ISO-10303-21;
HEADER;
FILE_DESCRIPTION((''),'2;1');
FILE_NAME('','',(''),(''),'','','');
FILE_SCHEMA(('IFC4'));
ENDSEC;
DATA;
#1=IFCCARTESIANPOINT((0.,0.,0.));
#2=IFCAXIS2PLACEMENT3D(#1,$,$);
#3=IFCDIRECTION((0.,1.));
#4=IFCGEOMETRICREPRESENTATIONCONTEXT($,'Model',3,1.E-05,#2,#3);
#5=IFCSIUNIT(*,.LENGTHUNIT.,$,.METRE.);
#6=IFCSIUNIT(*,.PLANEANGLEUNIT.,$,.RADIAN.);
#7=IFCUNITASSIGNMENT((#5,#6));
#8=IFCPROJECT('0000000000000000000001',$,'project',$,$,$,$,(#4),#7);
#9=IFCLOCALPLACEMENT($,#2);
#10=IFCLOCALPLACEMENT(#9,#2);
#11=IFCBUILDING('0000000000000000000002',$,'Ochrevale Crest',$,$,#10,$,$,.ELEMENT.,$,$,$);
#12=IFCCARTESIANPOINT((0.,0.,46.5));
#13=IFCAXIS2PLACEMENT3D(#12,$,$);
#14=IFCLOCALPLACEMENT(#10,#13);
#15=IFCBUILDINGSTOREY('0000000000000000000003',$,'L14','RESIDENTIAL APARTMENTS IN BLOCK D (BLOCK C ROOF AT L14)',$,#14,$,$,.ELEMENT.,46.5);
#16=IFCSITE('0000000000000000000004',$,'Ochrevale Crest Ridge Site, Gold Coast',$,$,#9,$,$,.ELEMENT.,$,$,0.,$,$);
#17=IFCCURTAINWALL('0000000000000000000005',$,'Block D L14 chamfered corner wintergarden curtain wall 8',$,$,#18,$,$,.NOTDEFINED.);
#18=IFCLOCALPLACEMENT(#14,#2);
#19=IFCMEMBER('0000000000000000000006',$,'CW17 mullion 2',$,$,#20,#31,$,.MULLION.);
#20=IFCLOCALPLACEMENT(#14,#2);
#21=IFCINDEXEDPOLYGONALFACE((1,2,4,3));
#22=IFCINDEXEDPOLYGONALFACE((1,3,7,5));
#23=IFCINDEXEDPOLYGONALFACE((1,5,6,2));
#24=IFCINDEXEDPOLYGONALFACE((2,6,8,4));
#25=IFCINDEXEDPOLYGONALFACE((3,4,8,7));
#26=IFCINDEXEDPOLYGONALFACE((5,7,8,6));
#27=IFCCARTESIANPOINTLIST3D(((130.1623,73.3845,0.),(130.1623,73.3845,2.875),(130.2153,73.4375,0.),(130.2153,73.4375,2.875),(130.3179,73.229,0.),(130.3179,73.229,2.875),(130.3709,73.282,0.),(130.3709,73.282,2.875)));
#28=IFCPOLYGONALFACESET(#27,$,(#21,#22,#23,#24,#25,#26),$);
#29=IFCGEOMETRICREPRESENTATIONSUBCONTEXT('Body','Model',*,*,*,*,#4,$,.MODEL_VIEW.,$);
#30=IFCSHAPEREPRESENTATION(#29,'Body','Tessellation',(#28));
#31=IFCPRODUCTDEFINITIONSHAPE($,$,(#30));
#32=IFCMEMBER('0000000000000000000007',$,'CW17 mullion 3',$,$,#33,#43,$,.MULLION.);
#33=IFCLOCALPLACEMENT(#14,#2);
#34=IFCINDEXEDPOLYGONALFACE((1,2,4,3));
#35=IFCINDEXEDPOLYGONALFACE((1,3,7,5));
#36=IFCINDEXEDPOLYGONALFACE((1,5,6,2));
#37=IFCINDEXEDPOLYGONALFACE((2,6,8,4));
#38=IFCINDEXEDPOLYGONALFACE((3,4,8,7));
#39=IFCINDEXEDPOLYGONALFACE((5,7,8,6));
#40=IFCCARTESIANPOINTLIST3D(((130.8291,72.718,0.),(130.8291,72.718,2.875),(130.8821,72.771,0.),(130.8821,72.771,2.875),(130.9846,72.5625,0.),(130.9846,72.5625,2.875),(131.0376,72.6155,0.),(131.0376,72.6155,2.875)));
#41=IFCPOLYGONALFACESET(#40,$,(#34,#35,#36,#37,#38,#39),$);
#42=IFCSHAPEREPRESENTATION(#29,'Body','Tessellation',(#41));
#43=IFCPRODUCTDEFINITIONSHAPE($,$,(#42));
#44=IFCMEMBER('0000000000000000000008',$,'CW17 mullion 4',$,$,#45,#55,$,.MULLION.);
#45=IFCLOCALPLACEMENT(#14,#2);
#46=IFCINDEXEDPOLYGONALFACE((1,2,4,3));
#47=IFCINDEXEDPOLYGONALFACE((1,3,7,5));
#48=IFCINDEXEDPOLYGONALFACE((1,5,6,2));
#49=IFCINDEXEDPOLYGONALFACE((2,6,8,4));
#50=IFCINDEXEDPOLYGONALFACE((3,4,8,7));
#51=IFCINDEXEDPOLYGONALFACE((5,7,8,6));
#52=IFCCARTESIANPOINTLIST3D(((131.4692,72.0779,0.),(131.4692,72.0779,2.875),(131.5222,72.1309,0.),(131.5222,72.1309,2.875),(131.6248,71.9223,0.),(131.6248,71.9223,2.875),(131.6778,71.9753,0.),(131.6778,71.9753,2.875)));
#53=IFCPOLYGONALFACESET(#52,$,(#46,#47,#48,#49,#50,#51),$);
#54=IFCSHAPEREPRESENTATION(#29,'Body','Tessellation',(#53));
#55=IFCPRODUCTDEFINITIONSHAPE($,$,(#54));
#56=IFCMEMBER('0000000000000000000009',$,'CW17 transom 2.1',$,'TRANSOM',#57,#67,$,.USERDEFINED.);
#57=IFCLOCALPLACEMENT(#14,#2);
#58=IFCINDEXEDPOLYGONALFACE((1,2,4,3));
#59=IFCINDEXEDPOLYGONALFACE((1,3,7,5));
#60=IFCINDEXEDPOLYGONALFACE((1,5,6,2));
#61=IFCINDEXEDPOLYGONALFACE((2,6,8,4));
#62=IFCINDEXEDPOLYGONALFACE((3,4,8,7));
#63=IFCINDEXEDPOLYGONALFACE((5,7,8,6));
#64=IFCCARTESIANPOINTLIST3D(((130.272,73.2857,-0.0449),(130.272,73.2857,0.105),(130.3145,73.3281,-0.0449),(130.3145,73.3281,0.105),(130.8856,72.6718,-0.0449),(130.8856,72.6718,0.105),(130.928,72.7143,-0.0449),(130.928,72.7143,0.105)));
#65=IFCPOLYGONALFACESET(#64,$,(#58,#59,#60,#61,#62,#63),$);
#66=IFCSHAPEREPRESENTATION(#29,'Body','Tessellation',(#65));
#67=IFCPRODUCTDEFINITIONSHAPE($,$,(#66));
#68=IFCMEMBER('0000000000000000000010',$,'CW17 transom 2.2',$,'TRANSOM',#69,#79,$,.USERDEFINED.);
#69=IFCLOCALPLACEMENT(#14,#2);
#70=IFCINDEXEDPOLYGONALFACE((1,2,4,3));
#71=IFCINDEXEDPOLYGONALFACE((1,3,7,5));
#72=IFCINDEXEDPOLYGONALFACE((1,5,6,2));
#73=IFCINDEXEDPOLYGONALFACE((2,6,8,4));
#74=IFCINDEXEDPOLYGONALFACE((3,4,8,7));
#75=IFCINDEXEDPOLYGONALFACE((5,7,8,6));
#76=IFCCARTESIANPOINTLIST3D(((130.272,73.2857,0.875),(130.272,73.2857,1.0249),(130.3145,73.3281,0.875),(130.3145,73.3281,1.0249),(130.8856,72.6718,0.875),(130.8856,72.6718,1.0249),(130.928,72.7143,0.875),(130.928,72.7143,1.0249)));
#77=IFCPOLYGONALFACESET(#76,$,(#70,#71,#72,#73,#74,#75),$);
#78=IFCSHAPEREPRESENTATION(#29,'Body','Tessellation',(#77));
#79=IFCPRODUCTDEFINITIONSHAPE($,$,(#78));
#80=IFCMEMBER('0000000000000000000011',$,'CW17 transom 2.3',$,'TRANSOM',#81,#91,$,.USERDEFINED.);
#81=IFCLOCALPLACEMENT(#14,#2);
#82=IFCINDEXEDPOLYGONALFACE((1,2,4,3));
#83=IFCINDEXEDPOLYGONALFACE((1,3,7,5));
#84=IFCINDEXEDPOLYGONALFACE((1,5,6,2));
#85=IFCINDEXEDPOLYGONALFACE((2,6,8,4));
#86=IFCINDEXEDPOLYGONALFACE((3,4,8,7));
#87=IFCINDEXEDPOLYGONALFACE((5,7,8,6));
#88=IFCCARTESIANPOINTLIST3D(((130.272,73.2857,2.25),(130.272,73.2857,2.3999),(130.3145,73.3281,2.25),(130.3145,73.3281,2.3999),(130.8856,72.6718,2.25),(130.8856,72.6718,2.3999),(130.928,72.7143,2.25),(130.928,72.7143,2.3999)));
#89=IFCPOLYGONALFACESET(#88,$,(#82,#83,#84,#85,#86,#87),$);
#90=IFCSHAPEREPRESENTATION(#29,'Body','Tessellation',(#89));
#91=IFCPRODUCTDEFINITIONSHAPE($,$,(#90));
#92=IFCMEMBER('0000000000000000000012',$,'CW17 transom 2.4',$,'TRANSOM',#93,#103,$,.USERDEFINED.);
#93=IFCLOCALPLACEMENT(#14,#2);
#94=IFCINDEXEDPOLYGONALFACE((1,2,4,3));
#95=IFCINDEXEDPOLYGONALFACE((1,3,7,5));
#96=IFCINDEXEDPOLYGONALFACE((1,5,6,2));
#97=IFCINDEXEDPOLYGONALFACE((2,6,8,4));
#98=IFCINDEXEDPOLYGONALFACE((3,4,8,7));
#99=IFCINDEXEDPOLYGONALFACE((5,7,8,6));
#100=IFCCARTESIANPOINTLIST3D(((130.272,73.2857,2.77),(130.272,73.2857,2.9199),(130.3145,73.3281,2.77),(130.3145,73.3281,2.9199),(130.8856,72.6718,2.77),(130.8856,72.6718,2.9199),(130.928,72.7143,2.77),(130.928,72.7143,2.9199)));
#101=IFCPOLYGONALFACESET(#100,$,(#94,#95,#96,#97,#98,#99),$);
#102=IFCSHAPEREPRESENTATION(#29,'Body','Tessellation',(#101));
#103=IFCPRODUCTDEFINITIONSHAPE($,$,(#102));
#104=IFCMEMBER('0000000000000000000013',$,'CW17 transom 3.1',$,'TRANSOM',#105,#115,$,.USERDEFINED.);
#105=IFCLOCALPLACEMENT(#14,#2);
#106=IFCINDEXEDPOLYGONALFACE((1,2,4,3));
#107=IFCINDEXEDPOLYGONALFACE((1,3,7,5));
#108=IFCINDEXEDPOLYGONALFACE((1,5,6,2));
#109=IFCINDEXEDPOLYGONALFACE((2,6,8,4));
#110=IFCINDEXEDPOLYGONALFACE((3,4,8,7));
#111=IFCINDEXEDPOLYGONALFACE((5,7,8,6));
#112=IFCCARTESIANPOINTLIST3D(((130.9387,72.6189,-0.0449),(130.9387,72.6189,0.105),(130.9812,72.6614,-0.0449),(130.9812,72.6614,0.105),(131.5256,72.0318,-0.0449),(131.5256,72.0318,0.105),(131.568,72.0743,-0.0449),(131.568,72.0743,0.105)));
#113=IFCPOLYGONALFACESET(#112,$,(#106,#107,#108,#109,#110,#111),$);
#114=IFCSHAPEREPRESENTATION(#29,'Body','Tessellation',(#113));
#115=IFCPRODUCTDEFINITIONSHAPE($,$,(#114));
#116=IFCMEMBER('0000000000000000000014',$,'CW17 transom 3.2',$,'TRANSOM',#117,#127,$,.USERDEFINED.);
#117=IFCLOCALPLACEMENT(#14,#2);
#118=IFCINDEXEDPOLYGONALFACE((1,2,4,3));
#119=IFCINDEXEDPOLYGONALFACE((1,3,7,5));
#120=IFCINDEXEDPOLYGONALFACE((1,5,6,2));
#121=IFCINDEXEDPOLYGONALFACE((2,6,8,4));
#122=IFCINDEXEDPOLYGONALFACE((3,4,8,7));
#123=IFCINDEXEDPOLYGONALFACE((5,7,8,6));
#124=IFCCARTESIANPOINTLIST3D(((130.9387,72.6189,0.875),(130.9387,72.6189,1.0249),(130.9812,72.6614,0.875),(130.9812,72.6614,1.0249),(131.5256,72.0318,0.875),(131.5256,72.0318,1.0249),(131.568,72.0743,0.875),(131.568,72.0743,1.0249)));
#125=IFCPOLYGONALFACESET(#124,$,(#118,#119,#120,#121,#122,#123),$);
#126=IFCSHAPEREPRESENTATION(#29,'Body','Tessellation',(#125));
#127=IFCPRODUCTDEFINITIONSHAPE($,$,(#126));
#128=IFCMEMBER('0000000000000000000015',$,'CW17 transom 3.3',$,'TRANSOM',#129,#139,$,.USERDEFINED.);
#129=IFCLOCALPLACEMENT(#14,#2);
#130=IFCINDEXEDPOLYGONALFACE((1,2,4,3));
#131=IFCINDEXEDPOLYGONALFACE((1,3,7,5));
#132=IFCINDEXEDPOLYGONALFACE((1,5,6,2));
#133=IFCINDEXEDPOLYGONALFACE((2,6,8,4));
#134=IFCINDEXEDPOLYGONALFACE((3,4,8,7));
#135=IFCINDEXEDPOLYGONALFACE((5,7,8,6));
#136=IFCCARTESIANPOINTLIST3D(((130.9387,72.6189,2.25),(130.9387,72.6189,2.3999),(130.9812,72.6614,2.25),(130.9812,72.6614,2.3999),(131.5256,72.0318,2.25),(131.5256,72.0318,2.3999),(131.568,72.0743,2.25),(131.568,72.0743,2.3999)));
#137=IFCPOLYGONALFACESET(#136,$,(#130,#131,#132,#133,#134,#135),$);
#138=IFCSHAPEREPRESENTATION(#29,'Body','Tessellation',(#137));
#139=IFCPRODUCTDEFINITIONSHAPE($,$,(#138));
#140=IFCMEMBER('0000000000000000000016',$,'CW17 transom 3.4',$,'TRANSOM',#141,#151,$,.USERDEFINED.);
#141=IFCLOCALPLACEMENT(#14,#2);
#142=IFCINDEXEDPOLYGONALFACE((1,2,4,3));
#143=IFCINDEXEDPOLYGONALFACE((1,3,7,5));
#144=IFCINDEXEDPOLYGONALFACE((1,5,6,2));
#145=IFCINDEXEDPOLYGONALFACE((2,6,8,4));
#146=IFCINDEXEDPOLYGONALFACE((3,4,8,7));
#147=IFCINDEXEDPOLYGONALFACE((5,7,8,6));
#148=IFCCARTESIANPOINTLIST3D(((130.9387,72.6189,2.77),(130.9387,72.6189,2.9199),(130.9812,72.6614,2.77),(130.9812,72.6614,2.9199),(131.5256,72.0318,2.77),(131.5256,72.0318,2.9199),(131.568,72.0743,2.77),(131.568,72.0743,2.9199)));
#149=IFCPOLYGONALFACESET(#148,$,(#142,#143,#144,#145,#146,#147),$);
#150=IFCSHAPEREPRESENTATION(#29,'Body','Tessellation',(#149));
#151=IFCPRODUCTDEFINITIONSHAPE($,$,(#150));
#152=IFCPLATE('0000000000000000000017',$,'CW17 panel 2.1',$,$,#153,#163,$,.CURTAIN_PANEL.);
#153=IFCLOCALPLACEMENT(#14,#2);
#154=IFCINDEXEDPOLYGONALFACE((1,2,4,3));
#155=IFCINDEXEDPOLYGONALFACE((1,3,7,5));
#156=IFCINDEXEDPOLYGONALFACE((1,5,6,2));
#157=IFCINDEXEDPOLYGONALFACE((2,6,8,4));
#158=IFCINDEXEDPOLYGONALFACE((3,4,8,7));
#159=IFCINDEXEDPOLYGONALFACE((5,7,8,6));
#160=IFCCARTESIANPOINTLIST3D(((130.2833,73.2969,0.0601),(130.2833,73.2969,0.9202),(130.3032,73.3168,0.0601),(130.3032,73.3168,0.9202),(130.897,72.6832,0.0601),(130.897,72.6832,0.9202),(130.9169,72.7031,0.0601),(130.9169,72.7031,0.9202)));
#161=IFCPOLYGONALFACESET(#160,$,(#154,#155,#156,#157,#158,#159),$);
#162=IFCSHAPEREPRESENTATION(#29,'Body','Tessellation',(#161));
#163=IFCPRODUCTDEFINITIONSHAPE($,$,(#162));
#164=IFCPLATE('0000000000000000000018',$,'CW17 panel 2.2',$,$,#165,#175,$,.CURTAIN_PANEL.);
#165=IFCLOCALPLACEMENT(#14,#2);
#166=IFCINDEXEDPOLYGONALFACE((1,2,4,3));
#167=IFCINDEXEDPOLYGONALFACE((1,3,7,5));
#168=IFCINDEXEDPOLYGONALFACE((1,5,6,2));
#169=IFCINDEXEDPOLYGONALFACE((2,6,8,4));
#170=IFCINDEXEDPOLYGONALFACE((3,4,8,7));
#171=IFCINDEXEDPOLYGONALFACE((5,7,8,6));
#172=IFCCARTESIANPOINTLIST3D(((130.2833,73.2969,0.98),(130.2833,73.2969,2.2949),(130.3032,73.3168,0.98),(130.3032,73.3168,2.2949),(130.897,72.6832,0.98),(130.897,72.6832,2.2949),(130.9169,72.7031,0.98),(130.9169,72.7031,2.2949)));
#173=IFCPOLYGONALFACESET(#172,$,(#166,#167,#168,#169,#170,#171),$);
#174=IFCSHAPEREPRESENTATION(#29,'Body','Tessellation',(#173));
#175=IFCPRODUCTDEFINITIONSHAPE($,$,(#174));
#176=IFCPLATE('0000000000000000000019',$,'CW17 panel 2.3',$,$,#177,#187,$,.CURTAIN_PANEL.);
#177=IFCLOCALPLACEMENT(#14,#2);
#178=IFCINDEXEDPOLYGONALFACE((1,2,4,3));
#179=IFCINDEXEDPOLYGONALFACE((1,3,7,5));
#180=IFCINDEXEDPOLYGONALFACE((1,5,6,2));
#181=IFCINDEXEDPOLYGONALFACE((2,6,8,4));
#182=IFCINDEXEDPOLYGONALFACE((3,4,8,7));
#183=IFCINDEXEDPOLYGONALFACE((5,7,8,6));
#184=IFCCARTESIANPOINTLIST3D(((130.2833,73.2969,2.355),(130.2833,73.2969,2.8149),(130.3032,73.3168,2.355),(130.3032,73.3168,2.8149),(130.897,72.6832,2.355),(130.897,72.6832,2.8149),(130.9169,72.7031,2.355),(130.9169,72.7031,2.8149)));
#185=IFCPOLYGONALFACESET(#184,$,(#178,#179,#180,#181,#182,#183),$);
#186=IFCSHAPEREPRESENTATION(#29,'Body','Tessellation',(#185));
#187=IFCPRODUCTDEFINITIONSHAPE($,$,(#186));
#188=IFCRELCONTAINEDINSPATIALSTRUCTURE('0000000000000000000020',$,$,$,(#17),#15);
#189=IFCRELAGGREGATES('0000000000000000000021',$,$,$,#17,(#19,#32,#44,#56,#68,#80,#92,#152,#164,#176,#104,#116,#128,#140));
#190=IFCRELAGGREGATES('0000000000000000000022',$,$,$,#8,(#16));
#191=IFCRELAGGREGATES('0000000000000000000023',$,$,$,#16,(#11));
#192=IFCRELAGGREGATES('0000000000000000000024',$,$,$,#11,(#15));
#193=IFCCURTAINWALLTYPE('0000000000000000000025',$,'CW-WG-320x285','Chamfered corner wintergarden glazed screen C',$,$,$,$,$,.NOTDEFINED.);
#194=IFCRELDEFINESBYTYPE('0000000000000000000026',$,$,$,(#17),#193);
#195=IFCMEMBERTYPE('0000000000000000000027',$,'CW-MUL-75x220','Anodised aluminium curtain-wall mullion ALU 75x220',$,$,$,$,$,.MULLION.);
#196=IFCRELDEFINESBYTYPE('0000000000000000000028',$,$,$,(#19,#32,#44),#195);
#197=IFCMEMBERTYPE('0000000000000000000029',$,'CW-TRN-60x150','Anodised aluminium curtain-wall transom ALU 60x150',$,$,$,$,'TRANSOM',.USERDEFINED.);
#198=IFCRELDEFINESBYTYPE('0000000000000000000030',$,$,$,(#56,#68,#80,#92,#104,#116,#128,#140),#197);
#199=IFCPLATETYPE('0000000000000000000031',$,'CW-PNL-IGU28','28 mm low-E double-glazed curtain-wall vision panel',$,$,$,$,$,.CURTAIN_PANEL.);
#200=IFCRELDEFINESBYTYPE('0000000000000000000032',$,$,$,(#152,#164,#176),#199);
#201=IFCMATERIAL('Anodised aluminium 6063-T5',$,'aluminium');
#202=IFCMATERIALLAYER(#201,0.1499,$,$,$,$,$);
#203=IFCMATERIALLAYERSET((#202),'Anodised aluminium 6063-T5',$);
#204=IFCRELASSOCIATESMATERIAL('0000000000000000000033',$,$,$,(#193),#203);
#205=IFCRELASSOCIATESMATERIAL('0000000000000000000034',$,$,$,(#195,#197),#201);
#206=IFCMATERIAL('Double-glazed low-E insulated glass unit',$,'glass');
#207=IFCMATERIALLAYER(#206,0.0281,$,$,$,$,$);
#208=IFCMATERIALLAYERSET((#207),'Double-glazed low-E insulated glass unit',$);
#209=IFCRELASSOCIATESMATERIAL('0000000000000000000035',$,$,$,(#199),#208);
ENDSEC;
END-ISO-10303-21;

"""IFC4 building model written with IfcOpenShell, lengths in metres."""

from ifc_helpers import new_model, si_unit, direction, frame, origin, origin_2d, place, context, subcontext, project, spatial, rectangle, extrude, material, layer, layer_set, material_profile, profile_set, type_object, element, aggregate, save


model = new_model("IFC4")

# Units and contexts
model_context = context("Model", 3, precision=1e-05, world=origin(), true_north=direction((0.0, 1.0)))
body_context = subcontext(model_context, "Body", "Model", "MODEL_VIEW")
ifc_project = project(units=[si_unit("LENGTHUNIT", "METRE"), si_unit("PLANEANGLEUNIT", "RADIAN")], contexts=[model_context])

# Site, building, storey
site_placement = place(None, origin())
site = spatial("IfcSite", under=ifc_project, at=site_placement, Name="Ochrevale Crest Ridge Site, Gold Coast", CompositionType="ELEMENT", RefElevation=0.0)
building_placement = place(site_placement, origin())
building = spatial("IfcBuilding", under=site, at=building_placement, Name="Ochrevale Crest", CompositionType="ELEMENT")
storey_placement = place(building_placement, frame((0.0, 0.0, 46.5)))
storey = spatial("IfcBuildingStorey", under=building, at=storey_placement, Name="L14", Description="RESIDENTIAL APARTMENTS IN BLOCK D (BLOCK C ROOF AT L14)", CompositionType="ELEMENT", Elevation=46.5)

# Curtain wall, members, plates
ifc_material_1 = material(Name="Anodised aluminium 6063-T5", Category="aluminium")
ifc_layer_1 = layer(ifc_material_1, 0.1499)
ifc_layer_set_1 = layer_set([ifc_layer_1], Name="Anodised aluminium 6063-T5")
curtain_wall_type = type_object("IfcCurtainWallType", Name="CW-WG-320x285", Description="Chamfered corner wintergarden glazed screen C", PredefinedType="NOTDEFINED", material=ifc_layer_set_1)
curtain_wall_placement = place(storey_placement, origin())
curtain_wall = element("IfcCurtainWall", 1, at=curtain_wall_placement, inside=storey, type_object=curtain_wall_type, Name="Block D L14 chamfered corner wintergarden curtain wall 8", PredefinedType="NOTDEFINED")
ifc_material_profile_1 = material_profile(ifc_material_1, rectangle(XDim=0.075, YDim=0.22, at=origin_2d()), Name="ALU 75x220")
ifc_profile_set_1 = profile_set([ifc_material_profile_1], Name="Anodised aluminium 6063-T5")
member_type_1 = type_object("IfcMemberType", Name="CW-MUL-75x220", Description="Anodised aluminium curtain-wall mullion ALU 75x220", PredefinedType="MULLION", material=ifc_profile_set_1)
member_1_placement = place(storey_placement, frame((130.2666, 73.3333, 0.0), z_axis=(0.0, 0.0, 1.0), x_axis=(0.707107, 0.707107, 0.0)))
member_1 = element("IfcMember", 2, at=member_1_placement, type_object=member_type_1, Name="CW17 mullion 2", PredefinedType="MULLION", context=body_context, shape_type="SweptSolid", body=[
    extrude(rectangle(XDim=0.075, YDim=0.22, at=origin_2d()), origin(), (0.0, 0.0, 1.0), 2.875),
])
member_2_placement = place(storey_placement, frame((130.9333, 72.6667, 0.0), z_axis=(0.0, 0.0, 1.0), x_axis=(0.707107, 0.707107, 0.0)))
member_2 = element("IfcMember", 3, at=member_2_placement, type_object=member_type_1, Name="CW17 mullion 3", PredefinedType="MULLION", context=body_context, shape_type="SweptSolid", body=[
    extrude(rectangle(XDim=0.075, YDim=0.22, at=origin_2d()), origin(), (0.0, 0.0, 1.0), 2.875),
])
member_3_placement = place(storey_placement, frame((131.5735, 72.0266, 0.0), z_axis=(0.0, 0.0, 1.0), x_axis=(0.707107, 0.707107, 0.0)))
member_3 = element("IfcMember", 4, at=member_3_placement, type_object=member_type_1, Name="CW17 mullion 4", PredefinedType="MULLION", context=body_context, shape_type="SweptSolid", body=[
    extrude(rectangle(XDim=0.075, YDim=0.22, at=origin_2d()), origin(), (0.0, 0.0, 1.0), 2.875),
])
ifc_material_profile_2 = material_profile(ifc_material_1, rectangle(XDim=0.0601, YDim=0.1499, at=origin_2d()), Name="ALU 60x150")
ifc_profile_set_2 = profile_set([ifc_material_profile_2], Name="Anodised aluminium 6063-T5")
member_type_2 = type_object("IfcMemberType", Name="CW-TRN-60x150", Description="Anodised aluminium curtain-wall transom ALU 60x150", ElementType="TRANSOM", PredefinedType="USERDEFINED", material=ifc_profile_set_2)
member_4_placement = place(storey_placement, frame((130.2932, 73.3069, 0.03), z_axis=(0.706966, -0.707247, 0.0), x_axis=(0.707247, 0.706966, 0.0)))
member_4 = element("IfcMember", 5, at=member_4_placement, type_object=member_type_2, Name="CW17 transom 2.1", ObjectType="TRANSOM", PredefinedType="USERDEFINED", context=body_context, shape_type="SweptSolid", body=[
    extrude(rectangle(XDim=0.0601, YDim=0.1499, at=origin_2d()), origin(), (0.0, 0.0, 1.0), 0.8679),
])
member_5_placement = place(storey_placement, frame((130.2932, 73.3069, 0.95), z_axis=(0.706966, -0.707247, 0.0), x_axis=(0.707247, 0.706966, 0.0)))
member_5 = element("IfcMember", 6, at=member_5_placement, type_object=member_type_2, Name="CW17 transom 2.2", ObjectType="TRANSOM", PredefinedType="USERDEFINED", context=body_context, shape_type="SweptSolid", body=[
    extrude(rectangle(XDim=0.0601, YDim=0.1499, at=origin_2d()), origin(), (0.0, 0.0, 1.0), 0.8679),
])
member_6_placement = place(storey_placement, frame((130.2932, 73.3069, 2.325), z_axis=(0.706966, -0.707247, 0.0), x_axis=(0.707247, 0.706966, 0.0)))
member_6 = element("IfcMember", 7, at=member_6_placement, type_object=member_type_2, Name="CW17 transom 2.3", ObjectType="TRANSOM", PredefinedType="USERDEFINED", context=body_context, shape_type="SweptSolid", body=[
    extrude(rectangle(XDim=0.0601, YDim=0.1499, at=origin_2d()), origin(), (0.0, 0.0, 1.0), 0.8679),
])
member_7_placement = place(storey_placement, frame((130.2932, 73.3069, 2.845), z_axis=(0.706966, -0.707247, 0.0), x_axis=(0.707247, 0.706966, 0.0)))
member_7 = element("IfcMember", 8, at=member_7_placement, type_object=member_type_2, Name="CW17 transom 2.4", ObjectType="TRANSOM", PredefinedType="USERDEFINED", context=body_context, shape_type="SweptSolid", body=[
    extrude(rectangle(XDim=0.0601, YDim=0.1499, at=origin_2d()), origin(), (0.0, 0.0, 1.0), 0.8679),
])
member_8_placement = place(storey_placement, frame((130.96, 72.6401, 0.03), z_axis=(0.70696, -0.707254, 0.0), x_axis=(0.707254, 0.70696, 0.0)))
member_8 = element("IfcMember", 9, at=member_8_placement, type_object=member_type_2, Name="CW17 transom 3.1", ObjectType="TRANSOM", PredefinedType="USERDEFINED", context=body_context, shape_type="SweptSolid", body=[
    extrude(rectangle(XDim=0.0601, YDim=0.1499, at=origin_2d()), origin(), (0.0, 0.0, 1.0), 0.8301),
])
member_9_placement = place(storey_placement, frame((130.96, 72.6401, 0.95), z_axis=(0.70696, -0.707254, 0.0), x_axis=(0.707254, 0.70696, 0.0)))
member_9 = element("IfcMember", 10, at=member_9_placement, type_object=member_type_2, Name="CW17 transom 3.2", ObjectType="TRANSOM", PredefinedType="USERDEFINED", context=body_context, shape_type="SweptSolid", body=[
    extrude(rectangle(XDim=0.0601, YDim=0.1499, at=origin_2d()), origin(), (0.0, 0.0, 1.0), 0.8301),
])
member_10_placement = place(storey_placement, frame((130.96, 72.6401, 2.325), z_axis=(0.70696, -0.707254, 0.0), x_axis=(0.707254, 0.70696, 0.0)))
member_10 = element("IfcMember", 11, at=member_10_placement, type_object=member_type_2, Name="CW17 transom 3.3", ObjectType="TRANSOM", PredefinedType="USERDEFINED", context=body_context, shape_type="SweptSolid", body=[
    extrude(rectangle(XDim=0.0601, YDim=0.1499, at=origin_2d()), origin(), (0.0, 0.0, 1.0), 0.8301),
])
member_11_placement = place(storey_placement, frame((130.96, 72.6401, 2.845), z_axis=(0.70696, -0.707254, 0.0), x_axis=(0.707254, 0.70696, 0.0)))
member_11 = element("IfcMember", 12, at=member_11_placement, type_object=member_type_2, Name="CW17 transom 3.4", ObjectType="TRANSOM", PredefinedType="USERDEFINED", context=body_context, shape_type="SweptSolid", body=[
    extrude(rectangle(XDim=0.0601, YDim=0.1499, at=origin_2d()), origin(), (0.0, 0.0, 1.0), 0.8301),
])
ifc_material_2 = material(Name="Double-glazed low-E insulated glass unit", Category="glass")
ifc_layer_2 = layer(ifc_material_2, 0.0281)
ifc_layer_set_2 = layer_set([ifc_layer_2], Name="Double-glazed low-E insulated glass unit")
plate_type = type_object("IfcPlateType", Name="CW-PNL-IGU28", Description="28 mm low-E double-glazed curtain-wall vision panel", PredefinedType="CURTAIN_PANEL", material=ifc_layer_set_2)
plate_1_placement = place(storey_placement, frame((130.6001, 73.0, 0.0601), z_axis=(0.0, 0.0, 1.0), x_axis=(0.707107, -0.707107, 0.0)))
plate_1 = element("IfcPlate", 13, at=plate_1_placement, type_object=plate_type, Name="CW17 panel 2.1", PredefinedType="CURTAIN_PANEL", context=body_context, shape_type="SweptSolid", body=[
    extrude(rectangle(XDim=0.8679, YDim=0.0281, at=origin_2d()), origin(), (0.0, 0.0, 1.0), 0.8601),
])
plate_2_placement = place(storey_placement, frame((130.6001, 73.0, 0.98), z_axis=(0.0, 0.0, 1.0), x_axis=(0.707107, -0.707107, 0.0)))
plate_2 = element("IfcPlate", 14, at=plate_2_placement, type_object=plate_type, Name="CW17 panel 2.2", PredefinedType="CURTAIN_PANEL", context=body_context, shape_type="SweptSolid", body=[
    extrude(rectangle(XDim=0.8679, YDim=0.0281, at=origin_2d()), origin(), (0.0, 0.0, 1.0), 1.3149),
])
plate_3_placement = place(storey_placement, frame((130.6001, 73.0, 2.355), z_axis=(0.0, 0.0, 1.0), x_axis=(0.707107, -0.707107, 0.0)))
plate_3 = element("IfcPlate", 15, at=plate_3_placement, type_object=plate_type, Name="CW17 panel 2.3", PredefinedType="CURTAIN_PANEL", context=body_context, shape_type="SweptSolid", body=[
    extrude(rectangle(XDim=0.8679, YDim=0.0281, at=origin_2d()), origin(), (0.0, 0.0, 1.0), 0.46),
])
aggregate(curtain_wall, [member_1, member_2, member_3, member_4, member_5, member_6, member_7, plate_1, plate_2, plate_3, member_8, member_9, member_10, member_11])

save(model, "model.ifc")
